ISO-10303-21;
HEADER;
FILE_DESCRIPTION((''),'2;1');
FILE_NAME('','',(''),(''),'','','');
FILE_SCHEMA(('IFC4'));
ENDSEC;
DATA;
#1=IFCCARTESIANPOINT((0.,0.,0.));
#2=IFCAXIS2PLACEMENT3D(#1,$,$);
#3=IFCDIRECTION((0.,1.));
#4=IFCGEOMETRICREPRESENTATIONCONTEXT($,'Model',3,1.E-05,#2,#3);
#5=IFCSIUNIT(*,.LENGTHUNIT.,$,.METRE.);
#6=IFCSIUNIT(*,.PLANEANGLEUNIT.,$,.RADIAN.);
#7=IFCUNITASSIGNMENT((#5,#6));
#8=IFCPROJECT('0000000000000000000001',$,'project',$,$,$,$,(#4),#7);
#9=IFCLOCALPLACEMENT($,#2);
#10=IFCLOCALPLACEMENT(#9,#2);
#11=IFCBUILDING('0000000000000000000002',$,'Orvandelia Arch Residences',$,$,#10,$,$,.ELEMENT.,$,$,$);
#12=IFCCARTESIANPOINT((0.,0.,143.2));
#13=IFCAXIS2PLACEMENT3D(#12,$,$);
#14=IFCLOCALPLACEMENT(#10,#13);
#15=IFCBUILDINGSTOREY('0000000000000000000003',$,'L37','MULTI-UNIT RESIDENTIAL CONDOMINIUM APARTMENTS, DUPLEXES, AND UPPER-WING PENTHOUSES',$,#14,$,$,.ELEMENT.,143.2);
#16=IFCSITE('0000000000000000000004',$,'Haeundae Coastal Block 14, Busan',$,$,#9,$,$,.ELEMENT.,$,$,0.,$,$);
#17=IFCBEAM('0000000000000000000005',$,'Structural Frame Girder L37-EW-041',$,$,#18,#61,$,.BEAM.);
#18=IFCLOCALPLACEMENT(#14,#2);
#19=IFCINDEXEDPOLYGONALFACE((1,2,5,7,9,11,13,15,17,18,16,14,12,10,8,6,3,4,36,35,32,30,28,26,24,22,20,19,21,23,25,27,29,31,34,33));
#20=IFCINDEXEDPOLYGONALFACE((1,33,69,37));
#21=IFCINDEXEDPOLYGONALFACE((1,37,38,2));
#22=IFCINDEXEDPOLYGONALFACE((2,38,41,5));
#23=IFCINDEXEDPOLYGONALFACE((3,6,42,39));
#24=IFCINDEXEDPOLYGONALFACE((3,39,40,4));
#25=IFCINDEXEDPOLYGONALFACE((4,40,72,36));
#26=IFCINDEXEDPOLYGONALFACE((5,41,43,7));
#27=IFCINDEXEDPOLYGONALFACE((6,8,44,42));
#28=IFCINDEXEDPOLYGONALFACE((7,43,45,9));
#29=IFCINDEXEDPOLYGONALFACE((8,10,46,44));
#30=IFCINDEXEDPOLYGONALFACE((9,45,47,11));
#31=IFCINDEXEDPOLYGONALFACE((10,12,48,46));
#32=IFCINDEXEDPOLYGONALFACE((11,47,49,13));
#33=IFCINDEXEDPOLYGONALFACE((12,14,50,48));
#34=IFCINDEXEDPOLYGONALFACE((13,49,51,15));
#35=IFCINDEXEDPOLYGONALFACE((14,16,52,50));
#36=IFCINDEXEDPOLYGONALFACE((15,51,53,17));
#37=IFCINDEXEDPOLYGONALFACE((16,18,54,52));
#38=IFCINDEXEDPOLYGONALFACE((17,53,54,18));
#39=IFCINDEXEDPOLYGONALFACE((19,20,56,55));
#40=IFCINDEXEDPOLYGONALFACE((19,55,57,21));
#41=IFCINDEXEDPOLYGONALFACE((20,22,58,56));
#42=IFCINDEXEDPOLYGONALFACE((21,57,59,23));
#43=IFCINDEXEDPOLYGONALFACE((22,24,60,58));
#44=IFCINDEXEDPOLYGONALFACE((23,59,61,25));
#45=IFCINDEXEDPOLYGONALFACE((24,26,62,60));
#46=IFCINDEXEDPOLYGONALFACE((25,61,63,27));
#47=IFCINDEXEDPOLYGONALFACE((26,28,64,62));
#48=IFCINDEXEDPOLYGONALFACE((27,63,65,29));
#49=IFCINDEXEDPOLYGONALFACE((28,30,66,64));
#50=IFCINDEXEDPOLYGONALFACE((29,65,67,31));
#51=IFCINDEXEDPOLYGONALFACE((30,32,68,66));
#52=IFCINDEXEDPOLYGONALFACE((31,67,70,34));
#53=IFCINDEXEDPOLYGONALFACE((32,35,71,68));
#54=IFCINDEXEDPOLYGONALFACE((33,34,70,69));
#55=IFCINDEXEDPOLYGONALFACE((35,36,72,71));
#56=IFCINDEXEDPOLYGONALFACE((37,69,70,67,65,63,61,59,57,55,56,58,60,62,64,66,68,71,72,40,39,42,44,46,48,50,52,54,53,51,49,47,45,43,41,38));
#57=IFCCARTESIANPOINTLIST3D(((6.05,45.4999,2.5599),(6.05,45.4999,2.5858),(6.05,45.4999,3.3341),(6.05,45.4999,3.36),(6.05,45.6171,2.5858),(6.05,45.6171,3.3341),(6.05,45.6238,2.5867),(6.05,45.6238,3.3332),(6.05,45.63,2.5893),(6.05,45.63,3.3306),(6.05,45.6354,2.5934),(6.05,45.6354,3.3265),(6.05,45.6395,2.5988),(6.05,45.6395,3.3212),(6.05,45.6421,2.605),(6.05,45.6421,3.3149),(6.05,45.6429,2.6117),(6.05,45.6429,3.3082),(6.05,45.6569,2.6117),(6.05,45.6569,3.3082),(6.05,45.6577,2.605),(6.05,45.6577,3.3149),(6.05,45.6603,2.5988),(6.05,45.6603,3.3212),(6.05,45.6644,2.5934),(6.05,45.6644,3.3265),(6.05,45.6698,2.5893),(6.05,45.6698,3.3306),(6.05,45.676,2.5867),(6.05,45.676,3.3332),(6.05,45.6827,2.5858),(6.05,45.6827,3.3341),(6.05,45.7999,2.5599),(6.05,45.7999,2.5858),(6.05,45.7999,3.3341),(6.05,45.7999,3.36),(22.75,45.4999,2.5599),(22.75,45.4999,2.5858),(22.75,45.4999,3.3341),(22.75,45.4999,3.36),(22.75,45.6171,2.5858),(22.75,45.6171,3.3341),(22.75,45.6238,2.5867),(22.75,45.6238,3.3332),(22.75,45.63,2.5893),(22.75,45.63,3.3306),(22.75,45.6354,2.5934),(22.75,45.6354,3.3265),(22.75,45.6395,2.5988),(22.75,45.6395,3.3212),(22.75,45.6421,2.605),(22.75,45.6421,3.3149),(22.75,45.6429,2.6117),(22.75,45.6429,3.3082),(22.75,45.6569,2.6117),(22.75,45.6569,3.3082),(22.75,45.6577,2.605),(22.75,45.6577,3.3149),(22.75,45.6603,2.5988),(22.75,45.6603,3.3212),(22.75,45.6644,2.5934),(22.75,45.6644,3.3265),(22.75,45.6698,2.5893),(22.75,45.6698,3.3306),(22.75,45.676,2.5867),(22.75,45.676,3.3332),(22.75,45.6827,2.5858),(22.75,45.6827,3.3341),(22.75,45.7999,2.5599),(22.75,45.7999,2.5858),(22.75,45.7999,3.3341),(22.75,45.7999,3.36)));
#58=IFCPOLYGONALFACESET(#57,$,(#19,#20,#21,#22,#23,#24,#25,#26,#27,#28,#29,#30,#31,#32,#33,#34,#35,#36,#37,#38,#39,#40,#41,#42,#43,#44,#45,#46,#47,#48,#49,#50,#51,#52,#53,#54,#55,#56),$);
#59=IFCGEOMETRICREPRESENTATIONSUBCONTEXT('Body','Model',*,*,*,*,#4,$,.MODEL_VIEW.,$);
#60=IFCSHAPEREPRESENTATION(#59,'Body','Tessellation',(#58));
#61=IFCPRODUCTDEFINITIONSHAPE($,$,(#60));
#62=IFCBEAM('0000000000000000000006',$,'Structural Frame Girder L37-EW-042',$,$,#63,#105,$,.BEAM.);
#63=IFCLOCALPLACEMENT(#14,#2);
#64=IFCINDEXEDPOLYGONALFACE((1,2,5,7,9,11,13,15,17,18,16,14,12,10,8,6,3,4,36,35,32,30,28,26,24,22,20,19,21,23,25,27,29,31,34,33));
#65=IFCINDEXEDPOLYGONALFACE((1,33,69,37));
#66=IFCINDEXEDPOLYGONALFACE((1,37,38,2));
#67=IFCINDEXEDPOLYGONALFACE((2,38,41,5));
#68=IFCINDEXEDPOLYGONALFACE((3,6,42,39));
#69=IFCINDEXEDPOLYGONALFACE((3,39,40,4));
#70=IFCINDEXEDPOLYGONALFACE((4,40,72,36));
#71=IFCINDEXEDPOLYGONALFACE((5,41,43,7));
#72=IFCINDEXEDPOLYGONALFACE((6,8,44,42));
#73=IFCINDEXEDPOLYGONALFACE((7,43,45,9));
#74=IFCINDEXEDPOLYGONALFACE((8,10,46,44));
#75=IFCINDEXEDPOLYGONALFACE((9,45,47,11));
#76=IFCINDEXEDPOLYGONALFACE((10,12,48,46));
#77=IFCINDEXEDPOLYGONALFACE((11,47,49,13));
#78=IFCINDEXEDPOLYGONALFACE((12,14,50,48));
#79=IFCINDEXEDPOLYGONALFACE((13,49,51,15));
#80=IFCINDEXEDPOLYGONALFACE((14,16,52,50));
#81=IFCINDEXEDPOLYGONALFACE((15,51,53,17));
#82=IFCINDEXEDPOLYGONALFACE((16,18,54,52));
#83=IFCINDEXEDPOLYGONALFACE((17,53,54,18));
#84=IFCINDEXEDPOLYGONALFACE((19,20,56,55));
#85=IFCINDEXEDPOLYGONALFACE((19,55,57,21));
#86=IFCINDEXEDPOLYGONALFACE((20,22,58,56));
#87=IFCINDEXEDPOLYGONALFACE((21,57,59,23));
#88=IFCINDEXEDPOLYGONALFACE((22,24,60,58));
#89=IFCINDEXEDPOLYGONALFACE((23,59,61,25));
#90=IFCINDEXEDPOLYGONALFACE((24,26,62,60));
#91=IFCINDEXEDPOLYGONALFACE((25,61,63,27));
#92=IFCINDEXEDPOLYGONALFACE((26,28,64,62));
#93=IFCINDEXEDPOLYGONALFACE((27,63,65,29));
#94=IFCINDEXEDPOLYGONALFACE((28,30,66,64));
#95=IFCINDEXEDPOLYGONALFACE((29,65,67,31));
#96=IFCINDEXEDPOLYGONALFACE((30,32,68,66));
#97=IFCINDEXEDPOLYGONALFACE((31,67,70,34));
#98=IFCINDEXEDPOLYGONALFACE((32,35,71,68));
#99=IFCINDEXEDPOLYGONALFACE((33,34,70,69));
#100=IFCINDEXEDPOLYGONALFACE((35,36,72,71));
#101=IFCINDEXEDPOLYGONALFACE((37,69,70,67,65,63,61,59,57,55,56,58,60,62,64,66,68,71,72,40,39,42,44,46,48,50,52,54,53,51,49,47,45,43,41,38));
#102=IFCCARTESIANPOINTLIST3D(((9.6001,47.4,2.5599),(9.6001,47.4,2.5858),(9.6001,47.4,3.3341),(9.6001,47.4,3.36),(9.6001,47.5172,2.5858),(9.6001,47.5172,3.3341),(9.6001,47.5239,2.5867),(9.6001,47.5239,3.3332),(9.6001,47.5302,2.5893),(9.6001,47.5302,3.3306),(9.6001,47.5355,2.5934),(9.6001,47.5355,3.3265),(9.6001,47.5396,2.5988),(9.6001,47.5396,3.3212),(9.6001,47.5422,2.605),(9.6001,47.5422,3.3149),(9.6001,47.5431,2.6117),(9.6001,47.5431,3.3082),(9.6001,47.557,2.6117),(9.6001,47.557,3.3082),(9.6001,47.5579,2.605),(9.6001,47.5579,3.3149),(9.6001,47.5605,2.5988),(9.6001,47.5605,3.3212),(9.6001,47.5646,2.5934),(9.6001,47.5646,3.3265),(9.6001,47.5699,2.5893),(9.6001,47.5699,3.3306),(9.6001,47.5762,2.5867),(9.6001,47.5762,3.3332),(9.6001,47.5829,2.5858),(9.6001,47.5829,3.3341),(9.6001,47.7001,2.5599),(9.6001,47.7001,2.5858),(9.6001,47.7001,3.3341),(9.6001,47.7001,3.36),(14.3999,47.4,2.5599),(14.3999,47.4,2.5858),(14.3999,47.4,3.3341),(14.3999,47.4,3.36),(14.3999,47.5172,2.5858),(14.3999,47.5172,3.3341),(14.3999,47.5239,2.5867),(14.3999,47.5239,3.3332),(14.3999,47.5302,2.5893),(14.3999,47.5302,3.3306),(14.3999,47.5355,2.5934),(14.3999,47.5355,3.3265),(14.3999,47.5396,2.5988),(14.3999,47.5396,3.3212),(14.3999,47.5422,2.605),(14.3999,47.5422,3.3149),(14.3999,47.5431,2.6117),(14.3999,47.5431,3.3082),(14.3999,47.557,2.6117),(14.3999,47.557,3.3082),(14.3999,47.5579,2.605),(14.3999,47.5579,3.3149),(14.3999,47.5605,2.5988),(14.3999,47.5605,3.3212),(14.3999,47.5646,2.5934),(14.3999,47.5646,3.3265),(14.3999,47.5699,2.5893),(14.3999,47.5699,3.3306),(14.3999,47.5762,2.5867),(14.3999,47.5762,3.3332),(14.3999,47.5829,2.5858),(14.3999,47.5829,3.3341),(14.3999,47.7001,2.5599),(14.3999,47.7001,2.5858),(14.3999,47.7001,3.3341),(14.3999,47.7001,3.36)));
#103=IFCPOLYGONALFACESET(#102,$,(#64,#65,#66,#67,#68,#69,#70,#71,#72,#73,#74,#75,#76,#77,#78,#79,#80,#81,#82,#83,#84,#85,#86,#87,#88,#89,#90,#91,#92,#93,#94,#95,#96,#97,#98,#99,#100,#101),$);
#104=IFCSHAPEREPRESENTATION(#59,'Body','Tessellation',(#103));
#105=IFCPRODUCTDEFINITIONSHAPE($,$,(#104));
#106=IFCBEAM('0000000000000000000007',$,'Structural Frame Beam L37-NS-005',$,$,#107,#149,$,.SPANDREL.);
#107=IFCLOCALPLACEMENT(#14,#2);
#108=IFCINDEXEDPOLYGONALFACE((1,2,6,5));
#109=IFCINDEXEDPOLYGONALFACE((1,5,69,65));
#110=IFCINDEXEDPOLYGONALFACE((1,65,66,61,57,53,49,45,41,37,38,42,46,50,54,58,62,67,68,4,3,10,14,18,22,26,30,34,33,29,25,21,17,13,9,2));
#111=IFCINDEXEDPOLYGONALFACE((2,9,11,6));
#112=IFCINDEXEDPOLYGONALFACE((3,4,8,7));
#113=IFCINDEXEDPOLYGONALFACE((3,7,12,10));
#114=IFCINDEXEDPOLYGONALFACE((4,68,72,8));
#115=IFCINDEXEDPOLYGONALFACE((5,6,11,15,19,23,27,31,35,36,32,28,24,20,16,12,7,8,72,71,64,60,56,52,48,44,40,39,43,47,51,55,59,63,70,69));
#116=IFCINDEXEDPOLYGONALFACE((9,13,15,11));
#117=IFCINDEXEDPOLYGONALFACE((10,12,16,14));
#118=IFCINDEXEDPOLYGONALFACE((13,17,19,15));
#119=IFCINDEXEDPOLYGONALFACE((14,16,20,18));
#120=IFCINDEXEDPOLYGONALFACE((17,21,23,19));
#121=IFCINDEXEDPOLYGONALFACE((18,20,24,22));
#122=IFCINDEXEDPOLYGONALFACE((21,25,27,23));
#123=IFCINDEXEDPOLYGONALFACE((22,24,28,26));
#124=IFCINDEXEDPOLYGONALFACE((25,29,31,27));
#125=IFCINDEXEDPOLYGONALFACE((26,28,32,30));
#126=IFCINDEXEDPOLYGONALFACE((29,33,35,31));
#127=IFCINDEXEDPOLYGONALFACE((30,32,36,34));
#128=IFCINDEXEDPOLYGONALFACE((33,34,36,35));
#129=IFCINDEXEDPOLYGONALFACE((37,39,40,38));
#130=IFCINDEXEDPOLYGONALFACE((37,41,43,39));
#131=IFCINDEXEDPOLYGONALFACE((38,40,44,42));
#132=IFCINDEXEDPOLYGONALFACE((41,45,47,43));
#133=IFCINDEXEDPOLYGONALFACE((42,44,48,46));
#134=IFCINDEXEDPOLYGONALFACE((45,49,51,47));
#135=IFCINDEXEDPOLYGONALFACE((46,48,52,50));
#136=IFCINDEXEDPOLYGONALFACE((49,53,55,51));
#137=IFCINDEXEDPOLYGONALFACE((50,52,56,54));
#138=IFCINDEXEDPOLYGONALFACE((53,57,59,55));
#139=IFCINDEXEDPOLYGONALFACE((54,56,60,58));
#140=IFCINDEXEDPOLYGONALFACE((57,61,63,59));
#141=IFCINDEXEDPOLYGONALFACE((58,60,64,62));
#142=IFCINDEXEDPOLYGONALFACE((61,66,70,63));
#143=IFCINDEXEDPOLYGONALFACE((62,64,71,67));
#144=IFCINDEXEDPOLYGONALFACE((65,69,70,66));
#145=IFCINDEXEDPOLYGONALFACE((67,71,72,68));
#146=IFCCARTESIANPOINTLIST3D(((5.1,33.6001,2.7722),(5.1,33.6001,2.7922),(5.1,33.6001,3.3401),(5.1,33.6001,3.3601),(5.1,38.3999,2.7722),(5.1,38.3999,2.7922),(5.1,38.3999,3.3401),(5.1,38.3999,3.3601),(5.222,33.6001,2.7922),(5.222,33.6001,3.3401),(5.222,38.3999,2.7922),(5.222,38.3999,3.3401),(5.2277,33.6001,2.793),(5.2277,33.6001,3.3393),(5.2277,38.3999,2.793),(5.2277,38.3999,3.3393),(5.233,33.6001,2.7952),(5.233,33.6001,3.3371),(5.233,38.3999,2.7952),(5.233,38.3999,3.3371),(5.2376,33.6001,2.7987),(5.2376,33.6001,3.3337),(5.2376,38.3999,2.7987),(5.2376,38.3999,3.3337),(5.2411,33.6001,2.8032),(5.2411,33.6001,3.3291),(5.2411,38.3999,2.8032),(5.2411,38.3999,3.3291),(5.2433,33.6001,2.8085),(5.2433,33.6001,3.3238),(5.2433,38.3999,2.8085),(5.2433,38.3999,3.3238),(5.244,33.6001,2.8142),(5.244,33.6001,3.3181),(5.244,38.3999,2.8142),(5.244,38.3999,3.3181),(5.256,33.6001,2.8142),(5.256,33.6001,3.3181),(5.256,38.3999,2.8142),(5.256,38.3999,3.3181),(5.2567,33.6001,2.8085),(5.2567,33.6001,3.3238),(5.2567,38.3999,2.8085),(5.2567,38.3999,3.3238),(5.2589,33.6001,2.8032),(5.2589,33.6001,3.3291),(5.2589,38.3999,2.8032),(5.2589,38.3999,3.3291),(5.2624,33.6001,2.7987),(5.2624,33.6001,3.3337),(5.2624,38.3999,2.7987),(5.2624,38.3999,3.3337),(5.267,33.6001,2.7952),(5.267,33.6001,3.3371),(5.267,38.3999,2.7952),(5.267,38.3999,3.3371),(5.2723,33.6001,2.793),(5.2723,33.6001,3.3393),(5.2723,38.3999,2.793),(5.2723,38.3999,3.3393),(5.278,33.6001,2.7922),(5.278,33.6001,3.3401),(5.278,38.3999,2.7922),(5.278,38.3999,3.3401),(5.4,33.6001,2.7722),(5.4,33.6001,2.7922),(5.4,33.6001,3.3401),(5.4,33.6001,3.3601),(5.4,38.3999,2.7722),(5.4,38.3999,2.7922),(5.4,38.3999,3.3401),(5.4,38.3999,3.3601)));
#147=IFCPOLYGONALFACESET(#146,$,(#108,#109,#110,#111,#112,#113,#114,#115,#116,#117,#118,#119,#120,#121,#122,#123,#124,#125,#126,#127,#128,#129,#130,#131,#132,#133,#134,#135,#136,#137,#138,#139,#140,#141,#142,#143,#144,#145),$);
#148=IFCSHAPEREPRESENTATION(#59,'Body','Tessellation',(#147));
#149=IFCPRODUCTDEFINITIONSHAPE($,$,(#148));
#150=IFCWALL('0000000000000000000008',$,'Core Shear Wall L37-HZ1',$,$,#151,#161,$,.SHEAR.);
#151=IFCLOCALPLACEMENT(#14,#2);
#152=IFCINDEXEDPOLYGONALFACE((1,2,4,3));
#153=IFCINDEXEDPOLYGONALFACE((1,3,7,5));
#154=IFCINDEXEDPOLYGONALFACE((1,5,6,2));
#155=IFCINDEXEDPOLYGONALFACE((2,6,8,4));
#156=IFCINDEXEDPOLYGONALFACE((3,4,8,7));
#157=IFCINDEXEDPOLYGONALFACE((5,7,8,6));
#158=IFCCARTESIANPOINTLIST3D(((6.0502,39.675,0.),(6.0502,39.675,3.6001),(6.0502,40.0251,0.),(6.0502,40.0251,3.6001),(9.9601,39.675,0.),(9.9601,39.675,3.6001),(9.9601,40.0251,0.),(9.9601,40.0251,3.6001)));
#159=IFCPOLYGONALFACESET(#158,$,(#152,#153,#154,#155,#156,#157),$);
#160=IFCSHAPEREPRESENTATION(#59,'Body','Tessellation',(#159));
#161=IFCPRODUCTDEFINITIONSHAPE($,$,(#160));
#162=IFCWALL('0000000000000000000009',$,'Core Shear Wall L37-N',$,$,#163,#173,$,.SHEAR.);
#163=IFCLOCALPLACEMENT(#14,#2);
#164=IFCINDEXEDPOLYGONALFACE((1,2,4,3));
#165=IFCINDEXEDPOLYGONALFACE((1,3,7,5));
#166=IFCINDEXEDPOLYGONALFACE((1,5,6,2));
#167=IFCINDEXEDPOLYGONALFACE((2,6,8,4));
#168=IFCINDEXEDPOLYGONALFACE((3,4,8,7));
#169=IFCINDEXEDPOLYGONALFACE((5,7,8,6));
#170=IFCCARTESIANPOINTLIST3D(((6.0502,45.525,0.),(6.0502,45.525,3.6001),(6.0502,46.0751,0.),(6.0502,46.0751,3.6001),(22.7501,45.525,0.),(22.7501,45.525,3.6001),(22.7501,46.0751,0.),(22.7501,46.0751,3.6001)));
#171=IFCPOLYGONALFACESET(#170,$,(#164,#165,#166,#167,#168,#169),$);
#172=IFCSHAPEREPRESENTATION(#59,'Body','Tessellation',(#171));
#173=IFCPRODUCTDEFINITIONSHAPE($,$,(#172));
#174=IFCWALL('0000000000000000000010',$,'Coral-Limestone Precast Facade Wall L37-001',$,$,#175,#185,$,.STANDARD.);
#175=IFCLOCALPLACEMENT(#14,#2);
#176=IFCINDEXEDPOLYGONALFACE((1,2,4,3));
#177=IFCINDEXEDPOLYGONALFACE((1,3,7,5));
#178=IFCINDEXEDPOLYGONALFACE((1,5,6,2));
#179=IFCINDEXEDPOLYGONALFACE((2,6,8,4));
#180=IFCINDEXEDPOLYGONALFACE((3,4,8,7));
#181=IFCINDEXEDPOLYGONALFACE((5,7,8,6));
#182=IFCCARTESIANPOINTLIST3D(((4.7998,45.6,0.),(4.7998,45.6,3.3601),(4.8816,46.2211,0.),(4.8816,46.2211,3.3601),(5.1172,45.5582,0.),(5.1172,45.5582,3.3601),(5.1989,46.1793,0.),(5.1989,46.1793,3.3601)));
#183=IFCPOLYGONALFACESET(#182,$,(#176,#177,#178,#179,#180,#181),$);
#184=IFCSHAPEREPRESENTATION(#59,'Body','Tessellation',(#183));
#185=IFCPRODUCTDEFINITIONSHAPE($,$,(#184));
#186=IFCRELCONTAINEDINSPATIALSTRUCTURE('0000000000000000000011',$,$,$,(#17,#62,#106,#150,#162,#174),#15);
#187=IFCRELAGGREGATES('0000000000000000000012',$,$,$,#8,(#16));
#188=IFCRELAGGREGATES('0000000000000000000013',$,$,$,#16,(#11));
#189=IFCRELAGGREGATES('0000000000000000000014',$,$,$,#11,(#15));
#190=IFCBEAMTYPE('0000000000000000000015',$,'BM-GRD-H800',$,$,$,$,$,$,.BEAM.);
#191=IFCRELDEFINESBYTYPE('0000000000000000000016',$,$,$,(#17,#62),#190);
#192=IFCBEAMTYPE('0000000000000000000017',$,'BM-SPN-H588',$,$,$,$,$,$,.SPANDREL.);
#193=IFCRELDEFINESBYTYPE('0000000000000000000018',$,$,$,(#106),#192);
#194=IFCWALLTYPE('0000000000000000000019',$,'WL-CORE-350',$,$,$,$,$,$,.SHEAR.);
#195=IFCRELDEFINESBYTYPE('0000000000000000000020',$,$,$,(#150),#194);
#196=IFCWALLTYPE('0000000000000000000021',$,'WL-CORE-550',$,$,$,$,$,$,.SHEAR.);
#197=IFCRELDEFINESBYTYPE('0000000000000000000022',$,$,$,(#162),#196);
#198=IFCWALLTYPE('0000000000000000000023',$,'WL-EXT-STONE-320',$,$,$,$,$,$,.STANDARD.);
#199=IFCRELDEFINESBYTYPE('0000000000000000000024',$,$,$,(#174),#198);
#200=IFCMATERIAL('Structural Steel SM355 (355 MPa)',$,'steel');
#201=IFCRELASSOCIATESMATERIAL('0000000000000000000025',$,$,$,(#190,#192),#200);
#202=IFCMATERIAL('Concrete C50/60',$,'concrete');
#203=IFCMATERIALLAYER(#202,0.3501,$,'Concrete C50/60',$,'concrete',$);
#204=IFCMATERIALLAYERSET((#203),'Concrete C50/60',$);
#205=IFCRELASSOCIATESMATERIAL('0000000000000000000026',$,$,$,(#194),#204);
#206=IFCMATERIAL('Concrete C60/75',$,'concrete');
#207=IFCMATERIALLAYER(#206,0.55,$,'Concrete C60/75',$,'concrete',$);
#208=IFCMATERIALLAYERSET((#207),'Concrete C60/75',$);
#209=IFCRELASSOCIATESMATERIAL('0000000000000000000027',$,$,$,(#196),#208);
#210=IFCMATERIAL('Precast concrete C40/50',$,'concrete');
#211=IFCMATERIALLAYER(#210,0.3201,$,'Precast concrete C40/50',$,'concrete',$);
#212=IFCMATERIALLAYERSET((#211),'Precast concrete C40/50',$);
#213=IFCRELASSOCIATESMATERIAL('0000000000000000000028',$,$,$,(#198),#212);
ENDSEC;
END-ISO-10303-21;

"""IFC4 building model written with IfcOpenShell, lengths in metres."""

from ifc_helpers import new_model, si_unit, direction, frame, frame_2d, origin, origin_2d, place, context, subcontext, project, spatial, rectangle, i_section, extrude, material, layer, layer_set, material_profile, profile_set, type_object, element, save


model = new_model("IFC4")

# Units and contexts
model_context = context("Model", 3, precision=1e-05, world=origin(), true_north=direction((0.0, 1.0)))
body_context = subcontext(model_context, "Body", "Model", "MODEL_VIEW")
ifc_project = project(units=[si_unit("LENGTHUNIT", "METRE"), si_unit("PLANEANGLEUNIT", "RADIAN")], contexts=[model_context])

# Site, building, storey
site_placement = place(None, origin())
site = spatial("IfcSite", under=ifc_project, at=site_placement, Name="Haeundae Coastal Block 14, Busan", CompositionType="ELEMENT", RefElevation=0.0)
building_placement = place(site_placement, origin())
building = spatial("IfcBuilding", under=site, at=building_placement, Name="Orvandelia Arch Residences", CompositionType="ELEMENT")
storey_placement = place(building_placement, frame((0.0, 0.0, 143.2)))
storey = spatial("IfcBuildingStorey", under=building, at=storey_placement, Name="L37", Description="MULTI-UNIT RESIDENTIAL CONDOMINIUM APARTMENTS, DUPLEXES, AND UPPER-WING PENTHOUSES", CompositionType="ELEMENT", Elevation=143.2)

# Shared definitions
ifc_material_1 = material(Name="Concrete C60/75", Category="concrete")

# Beams
ifc_material_2 = material(Name="Structural Steel SM355 (355 MPa)", Category="steel")
ifc_material_profile_1 = material_profile(ifc_material_2, i_section(OverallWidth=0.3, OverallDepth=0.8, WebThickness=0.0139, FlangeThickness=0.0259, FilletRadius=0.0259, at=origin_2d()), Name="Structural Steel SM355 (355 MPa)", Category="steel")
ifc_profile_set_1 = profile_set([ifc_material_profile_1], Name="Structural Steel SM355 (355 MPa)")
beam_type_1 = type_object("IfcBeamType", Name="BM-GRD-H800", PredefinedType="BEAM", material=ifc_profile_set_1)
beam_1_placement = place(storey_placement, frame((6.05, 45.6499, 2.96), z_axis=(1.0, 0.0, 0.0), x_axis=(0.0, 1.0, 0.0)))
element("IfcBeam", 1, at=beam_1_placement, inside=storey, type_object=beam_type_1, Name="Structural Frame Girder L37-EW-041", PredefinedType="BEAM", context=body_context, shape_type="SweptSolid", body=[
    extrude(i_section(OverallWidth=0.3, OverallDepth=0.8, WebThickness=0.0139, FlangeThickness=0.0259, FilletRadius=0.0259, at=origin_2d()), origin(), (0.0, 0.0, 1.0), 16.7),
])
beam_2_placement = place(storey_placement, frame((9.6001, 47.55, 2.96), z_axis=(1.0, 0.0, 0.0), x_axis=(0.0, 1.0, 0.0)))
element("IfcBeam", 2, at=beam_2_placement, inside=storey, type_object=beam_type_1, Name="Structural Frame Girder L37-EW-042", PredefinedType="BEAM", context=body_context, shape_type="SweptSolid", body=[
    extrude(i_section(OverallWidth=0.3, OverallDepth=0.8, WebThickness=0.0139, FlangeThickness=0.0259, FilletRadius=0.0259, at=origin_2d()), origin(), (0.0, 0.0, 1.0), 4.7998),
])
ifc_material_profile_2 = material_profile(ifc_material_2, i_section(OverallWidth=0.3, OverallDepth=0.5879, WebThickness=0.012, FlangeThickness=0.02, FilletRadius=0.022, at=origin_2d()), Name="Structural Steel SM355 (355 MPa)", Category="steel")
ifc_profile_set_2 = profile_set([ifc_material_profile_2], Name="Structural Steel SM355 (355 MPa)")
beam_type_2 = type_object("IfcBeamType", Name="BM-SPN-H588", PredefinedType="SPANDREL", material=ifc_profile_set_2)
beam_3_placement = place(storey_placement, frame((5.25, 33.6001, 3.0662), z_axis=(0.0, 1.0, 0.0), x_axis=(-1.0, 0.0, 0.0)))
element("IfcBeam", 3, at=beam_3_placement, inside=storey, type_object=beam_type_2, Name="Structural Frame Beam L37-NS-005", PredefinedType="SPANDREL", context=body_context, shape_type="SweptSolid", body=[
    extrude(i_section(OverallWidth=0.3, OverallDepth=0.5879, WebThickness=0.012, FlangeThickness=0.02, FilletRadius=0.022, at=origin_2d()), origin(), (0.0, 0.0, 1.0), 4.7998),
])

# Walls
ifc_material_3 = material(Name="Concrete C50/60", Category="concrete")
ifc_layer_1 = layer(ifc_material_3, 0.3501, Name="Concrete C50/60", Category="concrete")
ifc_layer_set_1 = layer_set([ifc_layer_1], Name="Concrete C50/60")
wall_type_1 = type_object("IfcWallType", Name="WL-CORE-350", PredefinedType="SHEAR", material=ifc_layer_set_1)
wall_1_placement = place(storey_placement, frame((6.05, 39.8501, 0.0), z_axis=(0.0, 0.0, 1.0), x_axis=(1.0, 0.0, 0.0)))
element("IfcWall", 4, at=wall_1_placement, inside=storey, type_object=wall_type_1, Name="Core Shear Wall L37-HZ1", PredefinedType="SHEAR", context=body_context, shape_type="SweptSolid", body=[
    extrude(rectangle(XDim=3.9099, YDim=0.3501, at=frame_2d((1.9551, 0.0))), origin(), (0.0, 0.0, 1.0), 3.6001),
])
ifc_layer_2 = layer(ifc_material_1, 0.55, Name="Concrete C60/75", Category="concrete")
ifc_layer_set_2 = layer_set([ifc_layer_2], Name="Concrete C60/75")
wall_type_2 = type_object("IfcWallType", Name="WL-CORE-550", PredefinedType="SHEAR", material=ifc_layer_set_2)
wall_2_placement = place(storey_placement, frame((6.05, 45.8, 0.0), z_axis=(0.0, 0.0, 1.0), x_axis=(1.0, 0.0, 0.0)))
element("IfcWall", 5, at=wall_2_placement, inside=storey, type_object=wall_type_2, Name="Core Shear Wall L37-N", PredefinedType="SHEAR", context=body_context, shape_type="SweptSolid", body=[
    extrude(rectangle(XDim=16.7, YDim=0.55, at=frame_2d((8.3501, 0.0))), origin(), (0.0, 0.0, 1.0), 3.6001),
])
ifc_material_4 = material(Name="Precast concrete C40/50", Category="concrete")
ifc_layer_3 = layer(ifc_material_4, 0.3201, Name="Precast concrete C40/50", Category="concrete")
ifc_layer_set_3 = layer_set([ifc_layer_3], Name="Precast concrete C40/50")
wall_type_3 = type_object("IfcWallType", Name="WL-EXT-STONE-320", PredefinedType="STANDARD", material=ifc_layer_set_3)
for number, where, z_axis, x_axis, name in (
    (6, (4.9585, 45.5791, 0.0), (0.0, 0.0, 1.0), (0.130555, 0.991441, 0.0), "Coral-Limestone Precast Facade Wall L37-001"),
):
    element("IfcWall", number, at=place(storey_placement, frame(where, z_axis=z_axis, x_axis=x_axis)), inside=storey, type_object=wall_type_3, Name=name, PredefinedType="STANDARD", context=body_context, shape_type="SweptSolid", body=[
        extrude(rectangle(XDim=0.6265, YDim=0.3201, at=frame_2d((0.3132, 0.0))), origin(), (0.0, 0.0, 1.0), 3.3601),
    ])

save(model, "model.ifc")
